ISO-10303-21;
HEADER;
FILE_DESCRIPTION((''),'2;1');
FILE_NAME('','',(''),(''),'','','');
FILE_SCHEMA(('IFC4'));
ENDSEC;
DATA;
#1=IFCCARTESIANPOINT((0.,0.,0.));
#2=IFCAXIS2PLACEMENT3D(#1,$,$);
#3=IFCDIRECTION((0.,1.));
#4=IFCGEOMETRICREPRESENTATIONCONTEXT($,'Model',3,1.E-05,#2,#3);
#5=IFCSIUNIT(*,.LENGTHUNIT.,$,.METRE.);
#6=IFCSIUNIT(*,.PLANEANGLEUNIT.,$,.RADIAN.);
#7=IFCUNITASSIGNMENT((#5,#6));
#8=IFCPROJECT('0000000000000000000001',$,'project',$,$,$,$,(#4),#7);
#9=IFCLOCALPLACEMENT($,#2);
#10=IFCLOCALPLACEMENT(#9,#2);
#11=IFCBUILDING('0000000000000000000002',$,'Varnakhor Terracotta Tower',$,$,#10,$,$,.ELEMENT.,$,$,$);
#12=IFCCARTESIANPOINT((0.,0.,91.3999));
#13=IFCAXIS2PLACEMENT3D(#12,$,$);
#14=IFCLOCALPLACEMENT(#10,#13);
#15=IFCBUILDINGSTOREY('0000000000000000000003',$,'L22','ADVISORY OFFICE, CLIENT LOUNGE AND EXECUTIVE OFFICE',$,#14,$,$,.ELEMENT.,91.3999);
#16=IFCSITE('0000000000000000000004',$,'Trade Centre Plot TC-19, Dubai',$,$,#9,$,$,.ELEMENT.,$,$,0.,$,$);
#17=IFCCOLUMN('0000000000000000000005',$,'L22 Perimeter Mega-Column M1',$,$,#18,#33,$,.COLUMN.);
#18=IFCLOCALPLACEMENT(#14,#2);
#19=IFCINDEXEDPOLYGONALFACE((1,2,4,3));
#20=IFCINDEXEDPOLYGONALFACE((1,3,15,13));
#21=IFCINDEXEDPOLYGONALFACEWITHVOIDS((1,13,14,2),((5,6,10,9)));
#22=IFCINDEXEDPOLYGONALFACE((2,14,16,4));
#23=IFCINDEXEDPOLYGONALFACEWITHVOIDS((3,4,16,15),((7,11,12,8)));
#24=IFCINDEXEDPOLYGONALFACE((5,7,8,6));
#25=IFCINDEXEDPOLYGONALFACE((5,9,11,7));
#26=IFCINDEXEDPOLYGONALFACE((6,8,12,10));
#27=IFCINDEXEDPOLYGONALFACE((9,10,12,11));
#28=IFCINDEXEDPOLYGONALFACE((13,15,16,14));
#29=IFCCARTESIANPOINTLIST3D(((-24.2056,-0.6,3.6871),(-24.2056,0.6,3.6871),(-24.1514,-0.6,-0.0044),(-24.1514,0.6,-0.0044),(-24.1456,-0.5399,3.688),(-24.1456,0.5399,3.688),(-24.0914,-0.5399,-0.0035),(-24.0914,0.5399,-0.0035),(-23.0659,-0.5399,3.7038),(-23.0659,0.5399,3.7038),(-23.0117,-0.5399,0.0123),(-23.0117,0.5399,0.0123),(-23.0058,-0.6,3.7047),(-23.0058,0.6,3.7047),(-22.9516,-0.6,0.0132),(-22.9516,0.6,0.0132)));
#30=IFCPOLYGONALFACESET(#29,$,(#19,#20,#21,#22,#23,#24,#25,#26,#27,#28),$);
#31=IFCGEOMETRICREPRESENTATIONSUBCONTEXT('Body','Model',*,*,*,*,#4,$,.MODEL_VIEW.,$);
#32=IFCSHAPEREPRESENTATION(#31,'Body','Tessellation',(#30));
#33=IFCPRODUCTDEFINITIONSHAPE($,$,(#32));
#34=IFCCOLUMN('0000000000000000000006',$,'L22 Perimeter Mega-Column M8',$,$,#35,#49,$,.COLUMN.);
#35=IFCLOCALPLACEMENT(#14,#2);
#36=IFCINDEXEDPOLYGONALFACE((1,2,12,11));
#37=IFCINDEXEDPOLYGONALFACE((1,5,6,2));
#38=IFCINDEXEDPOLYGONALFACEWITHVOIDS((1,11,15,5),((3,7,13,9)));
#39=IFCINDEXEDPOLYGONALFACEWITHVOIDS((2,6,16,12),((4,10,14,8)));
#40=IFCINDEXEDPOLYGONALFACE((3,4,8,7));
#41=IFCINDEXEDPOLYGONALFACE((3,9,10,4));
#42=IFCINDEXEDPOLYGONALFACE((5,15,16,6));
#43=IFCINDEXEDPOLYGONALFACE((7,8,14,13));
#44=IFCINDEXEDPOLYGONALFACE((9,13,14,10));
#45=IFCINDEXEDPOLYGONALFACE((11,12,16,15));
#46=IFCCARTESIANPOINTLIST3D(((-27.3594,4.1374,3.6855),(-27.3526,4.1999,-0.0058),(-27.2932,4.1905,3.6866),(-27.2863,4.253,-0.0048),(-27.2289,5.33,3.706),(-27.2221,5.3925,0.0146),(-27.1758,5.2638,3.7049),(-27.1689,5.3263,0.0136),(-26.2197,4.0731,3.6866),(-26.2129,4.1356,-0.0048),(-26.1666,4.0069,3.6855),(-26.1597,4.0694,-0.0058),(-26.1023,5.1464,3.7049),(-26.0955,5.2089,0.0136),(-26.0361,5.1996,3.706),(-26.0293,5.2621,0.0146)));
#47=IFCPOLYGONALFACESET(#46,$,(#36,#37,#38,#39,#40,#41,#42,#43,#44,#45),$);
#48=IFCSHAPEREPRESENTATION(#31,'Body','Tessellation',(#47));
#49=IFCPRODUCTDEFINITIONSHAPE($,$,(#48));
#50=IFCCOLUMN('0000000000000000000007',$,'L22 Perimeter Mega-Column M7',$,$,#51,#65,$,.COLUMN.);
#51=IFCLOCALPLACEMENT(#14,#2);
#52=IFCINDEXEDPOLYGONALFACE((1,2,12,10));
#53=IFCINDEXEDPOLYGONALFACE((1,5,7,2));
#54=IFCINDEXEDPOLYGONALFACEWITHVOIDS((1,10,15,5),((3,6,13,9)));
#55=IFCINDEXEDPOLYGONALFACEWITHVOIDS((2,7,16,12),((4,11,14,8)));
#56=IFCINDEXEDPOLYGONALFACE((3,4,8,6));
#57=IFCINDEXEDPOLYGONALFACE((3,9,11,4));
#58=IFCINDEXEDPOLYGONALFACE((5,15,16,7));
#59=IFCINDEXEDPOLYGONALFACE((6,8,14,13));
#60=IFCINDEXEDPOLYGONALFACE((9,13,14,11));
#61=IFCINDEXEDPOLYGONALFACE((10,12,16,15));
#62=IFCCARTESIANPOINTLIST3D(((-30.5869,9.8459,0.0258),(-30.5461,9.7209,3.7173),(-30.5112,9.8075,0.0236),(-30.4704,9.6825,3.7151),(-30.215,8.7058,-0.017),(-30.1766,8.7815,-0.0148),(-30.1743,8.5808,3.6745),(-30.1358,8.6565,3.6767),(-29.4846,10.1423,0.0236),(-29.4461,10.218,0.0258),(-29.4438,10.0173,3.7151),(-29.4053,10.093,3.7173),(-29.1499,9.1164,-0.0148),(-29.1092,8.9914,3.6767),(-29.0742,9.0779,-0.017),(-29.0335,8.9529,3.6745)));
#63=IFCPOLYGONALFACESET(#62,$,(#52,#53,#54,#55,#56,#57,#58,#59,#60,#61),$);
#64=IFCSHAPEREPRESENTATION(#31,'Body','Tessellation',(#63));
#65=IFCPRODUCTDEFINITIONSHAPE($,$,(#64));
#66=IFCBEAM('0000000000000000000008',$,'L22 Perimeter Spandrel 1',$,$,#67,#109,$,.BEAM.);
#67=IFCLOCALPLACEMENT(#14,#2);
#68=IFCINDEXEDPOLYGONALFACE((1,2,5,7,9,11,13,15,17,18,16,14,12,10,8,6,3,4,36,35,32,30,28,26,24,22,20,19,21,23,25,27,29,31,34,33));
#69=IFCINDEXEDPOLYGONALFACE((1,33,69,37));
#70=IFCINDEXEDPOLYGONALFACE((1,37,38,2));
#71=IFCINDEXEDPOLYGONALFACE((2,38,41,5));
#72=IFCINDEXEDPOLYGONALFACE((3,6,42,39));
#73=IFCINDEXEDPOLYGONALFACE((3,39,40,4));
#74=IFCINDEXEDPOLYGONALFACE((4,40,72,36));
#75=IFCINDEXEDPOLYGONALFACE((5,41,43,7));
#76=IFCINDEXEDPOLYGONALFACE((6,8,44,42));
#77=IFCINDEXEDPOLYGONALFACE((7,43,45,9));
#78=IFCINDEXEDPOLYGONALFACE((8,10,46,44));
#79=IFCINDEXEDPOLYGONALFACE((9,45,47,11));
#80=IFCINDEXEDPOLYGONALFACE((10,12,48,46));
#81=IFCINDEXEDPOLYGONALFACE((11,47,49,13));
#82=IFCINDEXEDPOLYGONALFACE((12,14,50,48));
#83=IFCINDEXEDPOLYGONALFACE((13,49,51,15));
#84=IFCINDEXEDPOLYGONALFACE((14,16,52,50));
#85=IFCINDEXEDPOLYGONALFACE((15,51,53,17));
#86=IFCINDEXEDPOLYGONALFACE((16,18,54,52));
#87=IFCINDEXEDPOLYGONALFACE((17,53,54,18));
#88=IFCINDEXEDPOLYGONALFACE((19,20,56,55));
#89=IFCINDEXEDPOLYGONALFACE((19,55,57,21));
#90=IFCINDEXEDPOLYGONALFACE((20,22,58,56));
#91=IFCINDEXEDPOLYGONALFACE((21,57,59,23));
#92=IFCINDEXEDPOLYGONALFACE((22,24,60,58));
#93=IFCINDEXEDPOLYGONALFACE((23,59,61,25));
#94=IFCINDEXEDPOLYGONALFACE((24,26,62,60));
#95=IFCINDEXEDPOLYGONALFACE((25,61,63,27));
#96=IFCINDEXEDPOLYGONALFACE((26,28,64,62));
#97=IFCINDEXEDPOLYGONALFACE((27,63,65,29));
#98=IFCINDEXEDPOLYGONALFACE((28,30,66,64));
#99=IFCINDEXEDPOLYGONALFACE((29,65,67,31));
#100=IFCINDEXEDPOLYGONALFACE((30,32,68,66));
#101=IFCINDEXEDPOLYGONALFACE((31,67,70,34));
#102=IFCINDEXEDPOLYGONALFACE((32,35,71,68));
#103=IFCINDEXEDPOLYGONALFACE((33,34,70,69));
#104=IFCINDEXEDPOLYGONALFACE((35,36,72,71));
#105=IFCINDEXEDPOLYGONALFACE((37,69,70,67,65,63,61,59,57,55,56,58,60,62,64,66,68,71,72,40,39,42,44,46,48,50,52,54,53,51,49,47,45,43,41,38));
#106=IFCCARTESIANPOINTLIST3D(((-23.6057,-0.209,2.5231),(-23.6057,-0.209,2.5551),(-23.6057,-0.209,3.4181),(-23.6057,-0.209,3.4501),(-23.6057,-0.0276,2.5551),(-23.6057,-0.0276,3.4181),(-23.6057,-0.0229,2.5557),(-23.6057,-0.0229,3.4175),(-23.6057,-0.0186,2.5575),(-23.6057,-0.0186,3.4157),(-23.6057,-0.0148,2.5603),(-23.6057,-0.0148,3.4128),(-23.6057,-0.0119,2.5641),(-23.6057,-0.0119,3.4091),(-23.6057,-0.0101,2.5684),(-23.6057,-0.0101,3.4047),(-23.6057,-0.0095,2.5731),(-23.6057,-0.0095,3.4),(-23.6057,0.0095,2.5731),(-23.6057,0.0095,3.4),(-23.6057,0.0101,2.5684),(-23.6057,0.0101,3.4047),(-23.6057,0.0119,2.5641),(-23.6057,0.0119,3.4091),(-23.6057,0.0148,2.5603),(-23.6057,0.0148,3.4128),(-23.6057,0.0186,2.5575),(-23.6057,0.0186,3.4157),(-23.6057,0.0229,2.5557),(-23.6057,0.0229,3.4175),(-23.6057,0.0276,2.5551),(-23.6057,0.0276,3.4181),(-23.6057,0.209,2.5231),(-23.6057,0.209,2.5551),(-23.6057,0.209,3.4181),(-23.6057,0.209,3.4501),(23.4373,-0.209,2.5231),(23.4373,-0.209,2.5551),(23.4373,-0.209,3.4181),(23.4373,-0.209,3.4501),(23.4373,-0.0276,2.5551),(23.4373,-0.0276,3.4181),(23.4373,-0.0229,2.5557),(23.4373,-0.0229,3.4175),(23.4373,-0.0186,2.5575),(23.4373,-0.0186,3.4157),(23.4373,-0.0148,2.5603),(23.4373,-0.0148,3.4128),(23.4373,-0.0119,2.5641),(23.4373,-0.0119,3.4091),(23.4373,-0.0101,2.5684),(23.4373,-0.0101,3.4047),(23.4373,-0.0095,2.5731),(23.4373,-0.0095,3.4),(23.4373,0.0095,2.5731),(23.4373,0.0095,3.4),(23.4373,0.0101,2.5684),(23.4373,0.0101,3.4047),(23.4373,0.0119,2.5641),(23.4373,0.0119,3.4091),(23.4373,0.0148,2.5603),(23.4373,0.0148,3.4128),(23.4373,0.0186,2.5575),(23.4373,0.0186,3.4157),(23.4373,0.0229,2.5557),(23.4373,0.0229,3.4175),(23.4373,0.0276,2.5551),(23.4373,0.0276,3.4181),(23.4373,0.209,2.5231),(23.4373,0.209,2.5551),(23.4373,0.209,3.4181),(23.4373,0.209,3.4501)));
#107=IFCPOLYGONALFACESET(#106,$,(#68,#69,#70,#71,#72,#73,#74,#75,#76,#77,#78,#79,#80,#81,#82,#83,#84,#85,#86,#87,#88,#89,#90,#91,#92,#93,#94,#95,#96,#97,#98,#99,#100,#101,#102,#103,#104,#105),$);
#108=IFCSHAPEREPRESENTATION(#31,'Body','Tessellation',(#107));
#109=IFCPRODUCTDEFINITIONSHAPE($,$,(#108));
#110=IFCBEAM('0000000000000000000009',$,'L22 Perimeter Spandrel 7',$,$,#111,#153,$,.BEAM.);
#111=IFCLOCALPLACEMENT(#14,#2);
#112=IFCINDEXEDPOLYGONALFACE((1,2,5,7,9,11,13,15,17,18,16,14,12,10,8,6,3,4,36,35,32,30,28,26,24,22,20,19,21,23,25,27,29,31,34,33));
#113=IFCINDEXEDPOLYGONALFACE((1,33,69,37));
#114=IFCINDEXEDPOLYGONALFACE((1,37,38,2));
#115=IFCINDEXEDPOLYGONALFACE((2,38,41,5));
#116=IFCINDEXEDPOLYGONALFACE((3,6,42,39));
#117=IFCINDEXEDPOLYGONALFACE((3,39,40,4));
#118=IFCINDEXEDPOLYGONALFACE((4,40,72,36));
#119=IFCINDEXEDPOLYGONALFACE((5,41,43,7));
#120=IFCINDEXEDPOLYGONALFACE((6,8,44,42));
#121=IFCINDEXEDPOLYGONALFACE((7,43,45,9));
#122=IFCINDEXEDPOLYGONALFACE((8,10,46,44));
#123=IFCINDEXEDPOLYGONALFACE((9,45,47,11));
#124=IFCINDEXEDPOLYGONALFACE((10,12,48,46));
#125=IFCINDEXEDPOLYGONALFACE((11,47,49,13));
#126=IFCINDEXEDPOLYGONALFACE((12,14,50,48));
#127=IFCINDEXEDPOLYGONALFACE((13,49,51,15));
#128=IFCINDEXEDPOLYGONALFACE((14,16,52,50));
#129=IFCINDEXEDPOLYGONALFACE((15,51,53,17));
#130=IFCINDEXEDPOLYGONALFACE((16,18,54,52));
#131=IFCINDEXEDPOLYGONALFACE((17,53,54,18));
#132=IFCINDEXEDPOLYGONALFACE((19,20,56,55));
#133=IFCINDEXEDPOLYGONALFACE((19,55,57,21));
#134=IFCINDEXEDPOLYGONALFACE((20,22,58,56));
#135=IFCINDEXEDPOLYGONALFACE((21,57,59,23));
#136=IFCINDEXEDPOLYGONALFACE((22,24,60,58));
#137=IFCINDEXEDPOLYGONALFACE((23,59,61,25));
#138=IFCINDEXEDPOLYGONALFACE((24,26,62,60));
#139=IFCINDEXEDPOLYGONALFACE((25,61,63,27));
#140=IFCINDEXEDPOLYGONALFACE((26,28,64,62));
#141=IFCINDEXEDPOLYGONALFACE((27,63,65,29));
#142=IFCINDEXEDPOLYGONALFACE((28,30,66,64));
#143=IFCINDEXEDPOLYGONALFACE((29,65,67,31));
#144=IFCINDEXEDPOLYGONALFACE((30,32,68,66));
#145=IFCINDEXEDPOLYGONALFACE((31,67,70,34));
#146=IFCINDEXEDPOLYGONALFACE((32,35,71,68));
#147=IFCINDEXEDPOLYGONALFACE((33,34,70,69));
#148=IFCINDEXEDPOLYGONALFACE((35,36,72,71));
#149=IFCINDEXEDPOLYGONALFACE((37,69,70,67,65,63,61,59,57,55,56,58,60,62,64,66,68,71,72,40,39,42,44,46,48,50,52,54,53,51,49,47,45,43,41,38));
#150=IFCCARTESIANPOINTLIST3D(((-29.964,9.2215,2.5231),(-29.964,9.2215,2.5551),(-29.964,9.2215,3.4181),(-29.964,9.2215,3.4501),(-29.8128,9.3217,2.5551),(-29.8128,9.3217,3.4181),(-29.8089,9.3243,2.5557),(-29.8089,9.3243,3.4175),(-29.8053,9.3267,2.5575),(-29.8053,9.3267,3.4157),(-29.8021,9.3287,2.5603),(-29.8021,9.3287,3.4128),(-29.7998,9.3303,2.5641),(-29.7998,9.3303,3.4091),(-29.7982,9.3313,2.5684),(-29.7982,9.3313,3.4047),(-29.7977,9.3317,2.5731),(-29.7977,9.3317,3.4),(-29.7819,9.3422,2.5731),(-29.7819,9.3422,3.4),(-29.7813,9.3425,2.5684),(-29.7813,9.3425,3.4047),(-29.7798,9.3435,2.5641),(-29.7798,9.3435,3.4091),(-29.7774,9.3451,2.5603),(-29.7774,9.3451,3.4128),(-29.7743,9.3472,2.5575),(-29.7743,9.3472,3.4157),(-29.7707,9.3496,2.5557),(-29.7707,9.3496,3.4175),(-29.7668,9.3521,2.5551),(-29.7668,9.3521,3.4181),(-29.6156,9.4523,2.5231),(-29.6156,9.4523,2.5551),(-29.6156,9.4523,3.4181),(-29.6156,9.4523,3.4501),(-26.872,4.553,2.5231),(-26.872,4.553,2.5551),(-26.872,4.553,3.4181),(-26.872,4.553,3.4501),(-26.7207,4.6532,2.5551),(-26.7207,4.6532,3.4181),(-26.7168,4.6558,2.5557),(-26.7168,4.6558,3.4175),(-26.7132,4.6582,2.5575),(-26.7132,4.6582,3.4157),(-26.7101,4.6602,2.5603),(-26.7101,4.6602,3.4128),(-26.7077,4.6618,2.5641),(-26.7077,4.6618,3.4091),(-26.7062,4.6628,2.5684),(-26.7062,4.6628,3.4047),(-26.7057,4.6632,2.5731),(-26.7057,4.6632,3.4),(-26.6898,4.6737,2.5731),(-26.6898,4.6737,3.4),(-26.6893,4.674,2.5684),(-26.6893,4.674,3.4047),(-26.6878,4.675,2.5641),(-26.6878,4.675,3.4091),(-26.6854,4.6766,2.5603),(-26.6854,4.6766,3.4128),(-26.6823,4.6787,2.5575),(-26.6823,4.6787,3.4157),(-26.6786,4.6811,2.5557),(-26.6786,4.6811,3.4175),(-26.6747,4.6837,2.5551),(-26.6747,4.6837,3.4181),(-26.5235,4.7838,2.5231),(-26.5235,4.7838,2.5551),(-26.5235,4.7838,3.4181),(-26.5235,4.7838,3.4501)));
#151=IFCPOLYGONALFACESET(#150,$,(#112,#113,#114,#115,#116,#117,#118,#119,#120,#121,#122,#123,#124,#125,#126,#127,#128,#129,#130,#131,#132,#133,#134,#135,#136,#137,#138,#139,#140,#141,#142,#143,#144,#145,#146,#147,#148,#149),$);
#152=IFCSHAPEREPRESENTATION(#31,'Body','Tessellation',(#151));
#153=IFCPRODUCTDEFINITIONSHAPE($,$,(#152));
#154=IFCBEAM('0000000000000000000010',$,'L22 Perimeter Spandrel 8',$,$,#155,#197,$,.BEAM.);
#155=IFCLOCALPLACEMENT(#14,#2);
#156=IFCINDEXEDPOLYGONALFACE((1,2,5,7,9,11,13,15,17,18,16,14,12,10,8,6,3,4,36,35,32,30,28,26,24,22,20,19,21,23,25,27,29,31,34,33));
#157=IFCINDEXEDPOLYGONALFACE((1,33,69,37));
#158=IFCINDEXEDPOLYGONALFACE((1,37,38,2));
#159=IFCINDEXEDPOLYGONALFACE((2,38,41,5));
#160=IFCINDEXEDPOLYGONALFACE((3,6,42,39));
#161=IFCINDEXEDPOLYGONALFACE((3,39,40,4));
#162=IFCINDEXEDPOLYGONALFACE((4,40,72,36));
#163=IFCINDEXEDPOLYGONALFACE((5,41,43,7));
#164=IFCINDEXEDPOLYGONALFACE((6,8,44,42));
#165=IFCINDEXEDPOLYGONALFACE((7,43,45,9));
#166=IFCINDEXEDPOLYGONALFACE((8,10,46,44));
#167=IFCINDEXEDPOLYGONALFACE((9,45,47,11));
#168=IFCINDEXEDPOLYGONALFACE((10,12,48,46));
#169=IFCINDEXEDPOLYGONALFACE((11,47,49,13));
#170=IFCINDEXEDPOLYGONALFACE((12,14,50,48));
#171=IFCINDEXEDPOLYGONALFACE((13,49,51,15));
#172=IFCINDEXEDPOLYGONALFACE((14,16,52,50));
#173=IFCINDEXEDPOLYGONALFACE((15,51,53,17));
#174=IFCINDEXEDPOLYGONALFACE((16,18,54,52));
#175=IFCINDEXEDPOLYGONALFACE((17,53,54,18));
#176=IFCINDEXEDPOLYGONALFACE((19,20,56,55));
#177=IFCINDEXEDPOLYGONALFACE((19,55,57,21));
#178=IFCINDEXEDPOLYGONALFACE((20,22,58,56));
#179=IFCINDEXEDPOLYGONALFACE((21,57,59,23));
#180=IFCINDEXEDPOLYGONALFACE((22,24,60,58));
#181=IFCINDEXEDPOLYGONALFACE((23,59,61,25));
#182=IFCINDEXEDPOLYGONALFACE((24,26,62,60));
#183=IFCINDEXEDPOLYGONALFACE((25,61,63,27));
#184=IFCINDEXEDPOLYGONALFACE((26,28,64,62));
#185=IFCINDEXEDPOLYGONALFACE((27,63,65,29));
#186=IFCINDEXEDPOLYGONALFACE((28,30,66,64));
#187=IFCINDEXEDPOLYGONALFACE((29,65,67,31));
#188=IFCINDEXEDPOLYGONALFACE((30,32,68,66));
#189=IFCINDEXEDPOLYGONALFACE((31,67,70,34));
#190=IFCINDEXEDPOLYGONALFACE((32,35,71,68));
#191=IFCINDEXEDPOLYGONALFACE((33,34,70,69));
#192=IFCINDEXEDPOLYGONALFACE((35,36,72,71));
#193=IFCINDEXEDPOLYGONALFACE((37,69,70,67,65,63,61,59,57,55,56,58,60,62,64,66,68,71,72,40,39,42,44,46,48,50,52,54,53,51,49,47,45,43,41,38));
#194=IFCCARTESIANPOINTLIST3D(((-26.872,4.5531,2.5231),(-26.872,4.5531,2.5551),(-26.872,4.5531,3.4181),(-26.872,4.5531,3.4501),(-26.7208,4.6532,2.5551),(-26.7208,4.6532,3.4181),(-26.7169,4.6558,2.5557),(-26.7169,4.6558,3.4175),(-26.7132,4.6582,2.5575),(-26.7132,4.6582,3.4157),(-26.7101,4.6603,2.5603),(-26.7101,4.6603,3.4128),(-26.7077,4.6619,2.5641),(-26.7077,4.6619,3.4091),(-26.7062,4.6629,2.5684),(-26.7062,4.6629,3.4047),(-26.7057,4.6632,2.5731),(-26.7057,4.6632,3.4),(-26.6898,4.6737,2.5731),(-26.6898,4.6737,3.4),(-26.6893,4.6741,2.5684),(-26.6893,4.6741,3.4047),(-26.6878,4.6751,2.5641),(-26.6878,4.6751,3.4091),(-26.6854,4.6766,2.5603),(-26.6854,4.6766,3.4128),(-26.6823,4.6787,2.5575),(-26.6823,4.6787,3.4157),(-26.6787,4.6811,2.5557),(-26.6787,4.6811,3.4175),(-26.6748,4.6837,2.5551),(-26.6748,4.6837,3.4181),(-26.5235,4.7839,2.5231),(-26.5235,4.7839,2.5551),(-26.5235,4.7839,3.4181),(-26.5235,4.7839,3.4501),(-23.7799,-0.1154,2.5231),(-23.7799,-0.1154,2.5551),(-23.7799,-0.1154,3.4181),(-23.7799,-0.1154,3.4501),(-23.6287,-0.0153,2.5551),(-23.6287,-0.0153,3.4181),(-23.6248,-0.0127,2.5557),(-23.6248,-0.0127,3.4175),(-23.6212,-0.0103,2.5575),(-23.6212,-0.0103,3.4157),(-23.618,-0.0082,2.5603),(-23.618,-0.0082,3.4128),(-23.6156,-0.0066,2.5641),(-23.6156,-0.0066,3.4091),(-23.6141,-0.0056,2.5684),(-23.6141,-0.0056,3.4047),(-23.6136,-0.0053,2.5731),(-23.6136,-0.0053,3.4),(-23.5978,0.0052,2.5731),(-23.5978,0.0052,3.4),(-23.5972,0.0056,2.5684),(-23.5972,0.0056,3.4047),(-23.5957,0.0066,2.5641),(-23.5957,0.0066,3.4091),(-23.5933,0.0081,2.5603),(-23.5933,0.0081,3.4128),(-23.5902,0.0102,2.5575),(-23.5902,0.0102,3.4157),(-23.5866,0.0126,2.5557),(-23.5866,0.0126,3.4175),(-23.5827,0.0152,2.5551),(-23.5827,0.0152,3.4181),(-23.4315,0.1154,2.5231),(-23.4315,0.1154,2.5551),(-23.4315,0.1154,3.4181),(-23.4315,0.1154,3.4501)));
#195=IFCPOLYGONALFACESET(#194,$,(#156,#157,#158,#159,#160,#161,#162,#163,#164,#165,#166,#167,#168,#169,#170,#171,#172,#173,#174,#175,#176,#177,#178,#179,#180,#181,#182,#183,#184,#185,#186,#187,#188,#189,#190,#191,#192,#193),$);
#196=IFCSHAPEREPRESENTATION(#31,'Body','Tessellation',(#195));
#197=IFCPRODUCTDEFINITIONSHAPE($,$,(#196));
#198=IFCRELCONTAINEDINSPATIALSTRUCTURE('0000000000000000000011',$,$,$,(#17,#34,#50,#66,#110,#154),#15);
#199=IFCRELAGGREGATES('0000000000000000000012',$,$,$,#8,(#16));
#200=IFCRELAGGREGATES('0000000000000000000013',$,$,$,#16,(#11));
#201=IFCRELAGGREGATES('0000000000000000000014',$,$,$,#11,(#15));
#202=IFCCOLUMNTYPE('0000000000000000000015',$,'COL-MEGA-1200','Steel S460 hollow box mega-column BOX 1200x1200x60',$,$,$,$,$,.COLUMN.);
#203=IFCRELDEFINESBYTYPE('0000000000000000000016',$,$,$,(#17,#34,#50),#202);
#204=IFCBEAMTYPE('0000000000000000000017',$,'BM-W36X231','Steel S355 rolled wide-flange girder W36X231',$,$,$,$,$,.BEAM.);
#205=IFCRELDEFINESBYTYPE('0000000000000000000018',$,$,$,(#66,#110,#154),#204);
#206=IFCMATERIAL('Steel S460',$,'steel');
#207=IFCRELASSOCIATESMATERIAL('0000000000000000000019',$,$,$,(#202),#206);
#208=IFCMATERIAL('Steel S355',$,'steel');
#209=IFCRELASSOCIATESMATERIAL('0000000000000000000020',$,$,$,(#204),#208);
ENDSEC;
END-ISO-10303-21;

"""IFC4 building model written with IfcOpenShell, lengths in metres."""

from ifc_helpers import new_model, si_unit, direction, frame, origin, origin_2d, place, context, subcontext, project, spatial, hollow_rectangle, i_section, extrude, source, transform, mapped, material, material_profile, profile_set, type_object, element, save


model = new_model("IFC4")

# Units and contexts
model_context = context("Model", 3, precision=1e-05, world=origin(), true_north=direction((0.0, 1.0)))
body_context = subcontext(model_context, "Body", "Model", "MODEL_VIEW")
ifc_project = project(units=[si_unit("LENGTHUNIT", "METRE"), si_unit("PLANEANGLEUNIT", "RADIAN")], contexts=[model_context])

# Site, building, storey
site_placement = place(None, origin())
site = spatial("IfcSite", under=ifc_project, at=site_placement, Name="Trade Centre Plot TC-19, Dubai", CompositionType="ELEMENT", RefElevation=0.0)
building_placement = place(site_placement, origin())
building = spatial("IfcBuilding", under=site, at=building_placement, Name="Varnakhor Terracotta Tower", CompositionType="ELEMENT")
storey_placement = place(building_placement, frame((0.0, 0.0, 91.3999)))
storey = spatial("IfcBuildingStorey", under=building, at=storey_placement, Name="L22", Description="ADVISORY OFFICE, CLIENT LOUNGE AND EXECUTIVE OFFICE", CompositionType="ELEMENT", Elevation=91.3999)

# Columns
ifc_material_1 = material(Name="Steel S460", Category="steel")
ifc_material_profile_1 = material_profile(ifc_material_1, hollow_rectangle(XDim=1.2, YDim=1.2, WallThickness=0.0601, at=origin_2d()), Name="BOX 1200x1200x60")
ifc_profile_set_1 = profile_set([ifc_material_profile_1], Name="Steel S460")
column_type = type_object("IfcColumnType", Name="COL-MEGA-1200", Description="Steel S460 hollow box mega-column BOX 1200x1200x60", PredefinedType="COLUMN", material=ifc_profile_set_1)
shared_shape_1 = source(origin(), body_context, "Body", "SweptSolid", [
    extrude(hollow_rectangle(XDim=1.2, YDim=1.2, WallThickness=0.0601, at=origin_2d()), origin(), (0.0, 0.0, 1.0), 3.6919),
])
for number, where, z_axis, x_axis, name in (
    (1, (-23.5515, 0.0, 0.0044), (-0.014681, 0.0, 0.999892), (0.0, -1.0, 0.0), "L22 Perimeter Mega-Column M1"),
    (2, (-26.6909, 4.731, 0.0044), (-0.001852, -0.016929, 0.999855), (0.994072, -0.108727, 0.0), "L22 Perimeter Mega-Column M8"),
):
    element("IfcColumn", number, at=place(storey_placement, frame(where, z_axis=z_axis, x_axis=x_axis)), inside=storey, type_object=column_type, Name=name, PredefinedType="COLUMN", context=body_context, shape_type="MappedRepresentation", body=[
        mapped(shared_shape_1, transform((0.0, 0.0, 0.0), scale=1.0)),
    ])
shared_shape_2 = source(origin(), body_context, "Body", "SweptSolid", [
    extrude(hollow_rectangle(XDim=1.2, YDim=1.2, WallThickness=0.0601, at=origin_2d()), origin(), (0.0, 0.0, 1.0), 3.6938),
])
column_placement = place(storey_placement, frame((-29.8306, 9.4619, 0.0044), z_axis=(0.011038, -0.033841, 0.999366), x_axis=(0.950706, 0.310094, 0.0)))
element("IfcColumn", 3, at=column_placement, inside=storey, type_object=column_type, Name="L22 Perimeter Mega-Column M7", PredefinedType="COLUMN", context=body_context, shape_type="MappedRepresentation", body=[
    mapped(shared_shape_2, transform((0.0, 0.0, 0.0), scale=1.0)),
])

# Beams
ifc_material_2 = material(Name="Steel S355", Category="steel")
ifc_material_profile_2 = material_profile(ifc_material_2, i_section(OverallWidth=0.418, OverallDepth=0.927, WebThickness=0.019, FlangeThickness=0.032, FilletRadius=0.0181, at=origin_2d()), Name="W36X231")
ifc_profile_set_2 = profile_set([ifc_material_profile_2], Name="Steel S355")
beam_type_1 = type_object("IfcBeamType", Name="BM-W36X231", Description="Steel S355 rolled wide-flange girder W36X231", PredefinedType="BEAM", material=ifc_profile_set_2)
shared_shape_3 = source(origin(), body_context, "Body", "SweptSolid", [
    extrude(i_section(OverallWidth=0.418, OverallDepth=0.927, WebThickness=0.019, FlangeThickness=0.032, FilletRadius=0.0181, at=origin_2d()), origin(), (0.0, 0.0, 1.0), 47.043),
])
beam_1_placement = place(storey_placement, frame((-23.6057, 0.0, 2.9866), z_axis=(1.0, 0.0, 0.0), x_axis=(0.0, 1.0, 0.0)))
element("IfcBeam", 4, at=beam_1_placement, inside=storey, type_object=beam_type_1, Name="L22 Perimeter Spandrel 1", PredefinedType="BEAM", context=body_context, shape_type="MappedRepresentation", body=[
    mapped(shared_shape_3, transform((0.0, 0.0, 0.0), scale=1.0)),
])
shared_shape_4 = source(origin(), body_context, "Body", "SweptSolid", [
    extrude(i_section(OverallWidth=0.418, OverallDepth=0.927, WebThickness=0.019, FlangeThickness=0.032, FilletRadius=0.0181, at=origin_2d()), origin(), (0.0, 0.0, 1.0), 5.5996),
])
for number, where, z_axis, x_axis, name in (
    (5, (-29.7898, 9.3369, 2.9866), (0.552192, -0.833717, 0.0), (0.833717, 0.552192, 0.0), "L22 Perimeter Spandrel 7"),
    (6, (-26.6978, 4.6685, 2.9866), (0.552192, -0.833717, 0.0), (0.833717, 0.552192, 0.0), "L22 Perimeter Spandrel 8"),
):
    element("IfcBeam", number, at=place(storey_placement, frame(where, z_axis=z_axis, x_axis=x_axis)), inside=storey, type_object=beam_type_1, Name=name, PredefinedType="BEAM", context=body_context, shape_type="MappedRepresentation", body=[
        mapped(shared_shape_4, transform((0.0, 0.0, 0.0), scale=1.0)),
    ])

save(model, "model.ifc")
